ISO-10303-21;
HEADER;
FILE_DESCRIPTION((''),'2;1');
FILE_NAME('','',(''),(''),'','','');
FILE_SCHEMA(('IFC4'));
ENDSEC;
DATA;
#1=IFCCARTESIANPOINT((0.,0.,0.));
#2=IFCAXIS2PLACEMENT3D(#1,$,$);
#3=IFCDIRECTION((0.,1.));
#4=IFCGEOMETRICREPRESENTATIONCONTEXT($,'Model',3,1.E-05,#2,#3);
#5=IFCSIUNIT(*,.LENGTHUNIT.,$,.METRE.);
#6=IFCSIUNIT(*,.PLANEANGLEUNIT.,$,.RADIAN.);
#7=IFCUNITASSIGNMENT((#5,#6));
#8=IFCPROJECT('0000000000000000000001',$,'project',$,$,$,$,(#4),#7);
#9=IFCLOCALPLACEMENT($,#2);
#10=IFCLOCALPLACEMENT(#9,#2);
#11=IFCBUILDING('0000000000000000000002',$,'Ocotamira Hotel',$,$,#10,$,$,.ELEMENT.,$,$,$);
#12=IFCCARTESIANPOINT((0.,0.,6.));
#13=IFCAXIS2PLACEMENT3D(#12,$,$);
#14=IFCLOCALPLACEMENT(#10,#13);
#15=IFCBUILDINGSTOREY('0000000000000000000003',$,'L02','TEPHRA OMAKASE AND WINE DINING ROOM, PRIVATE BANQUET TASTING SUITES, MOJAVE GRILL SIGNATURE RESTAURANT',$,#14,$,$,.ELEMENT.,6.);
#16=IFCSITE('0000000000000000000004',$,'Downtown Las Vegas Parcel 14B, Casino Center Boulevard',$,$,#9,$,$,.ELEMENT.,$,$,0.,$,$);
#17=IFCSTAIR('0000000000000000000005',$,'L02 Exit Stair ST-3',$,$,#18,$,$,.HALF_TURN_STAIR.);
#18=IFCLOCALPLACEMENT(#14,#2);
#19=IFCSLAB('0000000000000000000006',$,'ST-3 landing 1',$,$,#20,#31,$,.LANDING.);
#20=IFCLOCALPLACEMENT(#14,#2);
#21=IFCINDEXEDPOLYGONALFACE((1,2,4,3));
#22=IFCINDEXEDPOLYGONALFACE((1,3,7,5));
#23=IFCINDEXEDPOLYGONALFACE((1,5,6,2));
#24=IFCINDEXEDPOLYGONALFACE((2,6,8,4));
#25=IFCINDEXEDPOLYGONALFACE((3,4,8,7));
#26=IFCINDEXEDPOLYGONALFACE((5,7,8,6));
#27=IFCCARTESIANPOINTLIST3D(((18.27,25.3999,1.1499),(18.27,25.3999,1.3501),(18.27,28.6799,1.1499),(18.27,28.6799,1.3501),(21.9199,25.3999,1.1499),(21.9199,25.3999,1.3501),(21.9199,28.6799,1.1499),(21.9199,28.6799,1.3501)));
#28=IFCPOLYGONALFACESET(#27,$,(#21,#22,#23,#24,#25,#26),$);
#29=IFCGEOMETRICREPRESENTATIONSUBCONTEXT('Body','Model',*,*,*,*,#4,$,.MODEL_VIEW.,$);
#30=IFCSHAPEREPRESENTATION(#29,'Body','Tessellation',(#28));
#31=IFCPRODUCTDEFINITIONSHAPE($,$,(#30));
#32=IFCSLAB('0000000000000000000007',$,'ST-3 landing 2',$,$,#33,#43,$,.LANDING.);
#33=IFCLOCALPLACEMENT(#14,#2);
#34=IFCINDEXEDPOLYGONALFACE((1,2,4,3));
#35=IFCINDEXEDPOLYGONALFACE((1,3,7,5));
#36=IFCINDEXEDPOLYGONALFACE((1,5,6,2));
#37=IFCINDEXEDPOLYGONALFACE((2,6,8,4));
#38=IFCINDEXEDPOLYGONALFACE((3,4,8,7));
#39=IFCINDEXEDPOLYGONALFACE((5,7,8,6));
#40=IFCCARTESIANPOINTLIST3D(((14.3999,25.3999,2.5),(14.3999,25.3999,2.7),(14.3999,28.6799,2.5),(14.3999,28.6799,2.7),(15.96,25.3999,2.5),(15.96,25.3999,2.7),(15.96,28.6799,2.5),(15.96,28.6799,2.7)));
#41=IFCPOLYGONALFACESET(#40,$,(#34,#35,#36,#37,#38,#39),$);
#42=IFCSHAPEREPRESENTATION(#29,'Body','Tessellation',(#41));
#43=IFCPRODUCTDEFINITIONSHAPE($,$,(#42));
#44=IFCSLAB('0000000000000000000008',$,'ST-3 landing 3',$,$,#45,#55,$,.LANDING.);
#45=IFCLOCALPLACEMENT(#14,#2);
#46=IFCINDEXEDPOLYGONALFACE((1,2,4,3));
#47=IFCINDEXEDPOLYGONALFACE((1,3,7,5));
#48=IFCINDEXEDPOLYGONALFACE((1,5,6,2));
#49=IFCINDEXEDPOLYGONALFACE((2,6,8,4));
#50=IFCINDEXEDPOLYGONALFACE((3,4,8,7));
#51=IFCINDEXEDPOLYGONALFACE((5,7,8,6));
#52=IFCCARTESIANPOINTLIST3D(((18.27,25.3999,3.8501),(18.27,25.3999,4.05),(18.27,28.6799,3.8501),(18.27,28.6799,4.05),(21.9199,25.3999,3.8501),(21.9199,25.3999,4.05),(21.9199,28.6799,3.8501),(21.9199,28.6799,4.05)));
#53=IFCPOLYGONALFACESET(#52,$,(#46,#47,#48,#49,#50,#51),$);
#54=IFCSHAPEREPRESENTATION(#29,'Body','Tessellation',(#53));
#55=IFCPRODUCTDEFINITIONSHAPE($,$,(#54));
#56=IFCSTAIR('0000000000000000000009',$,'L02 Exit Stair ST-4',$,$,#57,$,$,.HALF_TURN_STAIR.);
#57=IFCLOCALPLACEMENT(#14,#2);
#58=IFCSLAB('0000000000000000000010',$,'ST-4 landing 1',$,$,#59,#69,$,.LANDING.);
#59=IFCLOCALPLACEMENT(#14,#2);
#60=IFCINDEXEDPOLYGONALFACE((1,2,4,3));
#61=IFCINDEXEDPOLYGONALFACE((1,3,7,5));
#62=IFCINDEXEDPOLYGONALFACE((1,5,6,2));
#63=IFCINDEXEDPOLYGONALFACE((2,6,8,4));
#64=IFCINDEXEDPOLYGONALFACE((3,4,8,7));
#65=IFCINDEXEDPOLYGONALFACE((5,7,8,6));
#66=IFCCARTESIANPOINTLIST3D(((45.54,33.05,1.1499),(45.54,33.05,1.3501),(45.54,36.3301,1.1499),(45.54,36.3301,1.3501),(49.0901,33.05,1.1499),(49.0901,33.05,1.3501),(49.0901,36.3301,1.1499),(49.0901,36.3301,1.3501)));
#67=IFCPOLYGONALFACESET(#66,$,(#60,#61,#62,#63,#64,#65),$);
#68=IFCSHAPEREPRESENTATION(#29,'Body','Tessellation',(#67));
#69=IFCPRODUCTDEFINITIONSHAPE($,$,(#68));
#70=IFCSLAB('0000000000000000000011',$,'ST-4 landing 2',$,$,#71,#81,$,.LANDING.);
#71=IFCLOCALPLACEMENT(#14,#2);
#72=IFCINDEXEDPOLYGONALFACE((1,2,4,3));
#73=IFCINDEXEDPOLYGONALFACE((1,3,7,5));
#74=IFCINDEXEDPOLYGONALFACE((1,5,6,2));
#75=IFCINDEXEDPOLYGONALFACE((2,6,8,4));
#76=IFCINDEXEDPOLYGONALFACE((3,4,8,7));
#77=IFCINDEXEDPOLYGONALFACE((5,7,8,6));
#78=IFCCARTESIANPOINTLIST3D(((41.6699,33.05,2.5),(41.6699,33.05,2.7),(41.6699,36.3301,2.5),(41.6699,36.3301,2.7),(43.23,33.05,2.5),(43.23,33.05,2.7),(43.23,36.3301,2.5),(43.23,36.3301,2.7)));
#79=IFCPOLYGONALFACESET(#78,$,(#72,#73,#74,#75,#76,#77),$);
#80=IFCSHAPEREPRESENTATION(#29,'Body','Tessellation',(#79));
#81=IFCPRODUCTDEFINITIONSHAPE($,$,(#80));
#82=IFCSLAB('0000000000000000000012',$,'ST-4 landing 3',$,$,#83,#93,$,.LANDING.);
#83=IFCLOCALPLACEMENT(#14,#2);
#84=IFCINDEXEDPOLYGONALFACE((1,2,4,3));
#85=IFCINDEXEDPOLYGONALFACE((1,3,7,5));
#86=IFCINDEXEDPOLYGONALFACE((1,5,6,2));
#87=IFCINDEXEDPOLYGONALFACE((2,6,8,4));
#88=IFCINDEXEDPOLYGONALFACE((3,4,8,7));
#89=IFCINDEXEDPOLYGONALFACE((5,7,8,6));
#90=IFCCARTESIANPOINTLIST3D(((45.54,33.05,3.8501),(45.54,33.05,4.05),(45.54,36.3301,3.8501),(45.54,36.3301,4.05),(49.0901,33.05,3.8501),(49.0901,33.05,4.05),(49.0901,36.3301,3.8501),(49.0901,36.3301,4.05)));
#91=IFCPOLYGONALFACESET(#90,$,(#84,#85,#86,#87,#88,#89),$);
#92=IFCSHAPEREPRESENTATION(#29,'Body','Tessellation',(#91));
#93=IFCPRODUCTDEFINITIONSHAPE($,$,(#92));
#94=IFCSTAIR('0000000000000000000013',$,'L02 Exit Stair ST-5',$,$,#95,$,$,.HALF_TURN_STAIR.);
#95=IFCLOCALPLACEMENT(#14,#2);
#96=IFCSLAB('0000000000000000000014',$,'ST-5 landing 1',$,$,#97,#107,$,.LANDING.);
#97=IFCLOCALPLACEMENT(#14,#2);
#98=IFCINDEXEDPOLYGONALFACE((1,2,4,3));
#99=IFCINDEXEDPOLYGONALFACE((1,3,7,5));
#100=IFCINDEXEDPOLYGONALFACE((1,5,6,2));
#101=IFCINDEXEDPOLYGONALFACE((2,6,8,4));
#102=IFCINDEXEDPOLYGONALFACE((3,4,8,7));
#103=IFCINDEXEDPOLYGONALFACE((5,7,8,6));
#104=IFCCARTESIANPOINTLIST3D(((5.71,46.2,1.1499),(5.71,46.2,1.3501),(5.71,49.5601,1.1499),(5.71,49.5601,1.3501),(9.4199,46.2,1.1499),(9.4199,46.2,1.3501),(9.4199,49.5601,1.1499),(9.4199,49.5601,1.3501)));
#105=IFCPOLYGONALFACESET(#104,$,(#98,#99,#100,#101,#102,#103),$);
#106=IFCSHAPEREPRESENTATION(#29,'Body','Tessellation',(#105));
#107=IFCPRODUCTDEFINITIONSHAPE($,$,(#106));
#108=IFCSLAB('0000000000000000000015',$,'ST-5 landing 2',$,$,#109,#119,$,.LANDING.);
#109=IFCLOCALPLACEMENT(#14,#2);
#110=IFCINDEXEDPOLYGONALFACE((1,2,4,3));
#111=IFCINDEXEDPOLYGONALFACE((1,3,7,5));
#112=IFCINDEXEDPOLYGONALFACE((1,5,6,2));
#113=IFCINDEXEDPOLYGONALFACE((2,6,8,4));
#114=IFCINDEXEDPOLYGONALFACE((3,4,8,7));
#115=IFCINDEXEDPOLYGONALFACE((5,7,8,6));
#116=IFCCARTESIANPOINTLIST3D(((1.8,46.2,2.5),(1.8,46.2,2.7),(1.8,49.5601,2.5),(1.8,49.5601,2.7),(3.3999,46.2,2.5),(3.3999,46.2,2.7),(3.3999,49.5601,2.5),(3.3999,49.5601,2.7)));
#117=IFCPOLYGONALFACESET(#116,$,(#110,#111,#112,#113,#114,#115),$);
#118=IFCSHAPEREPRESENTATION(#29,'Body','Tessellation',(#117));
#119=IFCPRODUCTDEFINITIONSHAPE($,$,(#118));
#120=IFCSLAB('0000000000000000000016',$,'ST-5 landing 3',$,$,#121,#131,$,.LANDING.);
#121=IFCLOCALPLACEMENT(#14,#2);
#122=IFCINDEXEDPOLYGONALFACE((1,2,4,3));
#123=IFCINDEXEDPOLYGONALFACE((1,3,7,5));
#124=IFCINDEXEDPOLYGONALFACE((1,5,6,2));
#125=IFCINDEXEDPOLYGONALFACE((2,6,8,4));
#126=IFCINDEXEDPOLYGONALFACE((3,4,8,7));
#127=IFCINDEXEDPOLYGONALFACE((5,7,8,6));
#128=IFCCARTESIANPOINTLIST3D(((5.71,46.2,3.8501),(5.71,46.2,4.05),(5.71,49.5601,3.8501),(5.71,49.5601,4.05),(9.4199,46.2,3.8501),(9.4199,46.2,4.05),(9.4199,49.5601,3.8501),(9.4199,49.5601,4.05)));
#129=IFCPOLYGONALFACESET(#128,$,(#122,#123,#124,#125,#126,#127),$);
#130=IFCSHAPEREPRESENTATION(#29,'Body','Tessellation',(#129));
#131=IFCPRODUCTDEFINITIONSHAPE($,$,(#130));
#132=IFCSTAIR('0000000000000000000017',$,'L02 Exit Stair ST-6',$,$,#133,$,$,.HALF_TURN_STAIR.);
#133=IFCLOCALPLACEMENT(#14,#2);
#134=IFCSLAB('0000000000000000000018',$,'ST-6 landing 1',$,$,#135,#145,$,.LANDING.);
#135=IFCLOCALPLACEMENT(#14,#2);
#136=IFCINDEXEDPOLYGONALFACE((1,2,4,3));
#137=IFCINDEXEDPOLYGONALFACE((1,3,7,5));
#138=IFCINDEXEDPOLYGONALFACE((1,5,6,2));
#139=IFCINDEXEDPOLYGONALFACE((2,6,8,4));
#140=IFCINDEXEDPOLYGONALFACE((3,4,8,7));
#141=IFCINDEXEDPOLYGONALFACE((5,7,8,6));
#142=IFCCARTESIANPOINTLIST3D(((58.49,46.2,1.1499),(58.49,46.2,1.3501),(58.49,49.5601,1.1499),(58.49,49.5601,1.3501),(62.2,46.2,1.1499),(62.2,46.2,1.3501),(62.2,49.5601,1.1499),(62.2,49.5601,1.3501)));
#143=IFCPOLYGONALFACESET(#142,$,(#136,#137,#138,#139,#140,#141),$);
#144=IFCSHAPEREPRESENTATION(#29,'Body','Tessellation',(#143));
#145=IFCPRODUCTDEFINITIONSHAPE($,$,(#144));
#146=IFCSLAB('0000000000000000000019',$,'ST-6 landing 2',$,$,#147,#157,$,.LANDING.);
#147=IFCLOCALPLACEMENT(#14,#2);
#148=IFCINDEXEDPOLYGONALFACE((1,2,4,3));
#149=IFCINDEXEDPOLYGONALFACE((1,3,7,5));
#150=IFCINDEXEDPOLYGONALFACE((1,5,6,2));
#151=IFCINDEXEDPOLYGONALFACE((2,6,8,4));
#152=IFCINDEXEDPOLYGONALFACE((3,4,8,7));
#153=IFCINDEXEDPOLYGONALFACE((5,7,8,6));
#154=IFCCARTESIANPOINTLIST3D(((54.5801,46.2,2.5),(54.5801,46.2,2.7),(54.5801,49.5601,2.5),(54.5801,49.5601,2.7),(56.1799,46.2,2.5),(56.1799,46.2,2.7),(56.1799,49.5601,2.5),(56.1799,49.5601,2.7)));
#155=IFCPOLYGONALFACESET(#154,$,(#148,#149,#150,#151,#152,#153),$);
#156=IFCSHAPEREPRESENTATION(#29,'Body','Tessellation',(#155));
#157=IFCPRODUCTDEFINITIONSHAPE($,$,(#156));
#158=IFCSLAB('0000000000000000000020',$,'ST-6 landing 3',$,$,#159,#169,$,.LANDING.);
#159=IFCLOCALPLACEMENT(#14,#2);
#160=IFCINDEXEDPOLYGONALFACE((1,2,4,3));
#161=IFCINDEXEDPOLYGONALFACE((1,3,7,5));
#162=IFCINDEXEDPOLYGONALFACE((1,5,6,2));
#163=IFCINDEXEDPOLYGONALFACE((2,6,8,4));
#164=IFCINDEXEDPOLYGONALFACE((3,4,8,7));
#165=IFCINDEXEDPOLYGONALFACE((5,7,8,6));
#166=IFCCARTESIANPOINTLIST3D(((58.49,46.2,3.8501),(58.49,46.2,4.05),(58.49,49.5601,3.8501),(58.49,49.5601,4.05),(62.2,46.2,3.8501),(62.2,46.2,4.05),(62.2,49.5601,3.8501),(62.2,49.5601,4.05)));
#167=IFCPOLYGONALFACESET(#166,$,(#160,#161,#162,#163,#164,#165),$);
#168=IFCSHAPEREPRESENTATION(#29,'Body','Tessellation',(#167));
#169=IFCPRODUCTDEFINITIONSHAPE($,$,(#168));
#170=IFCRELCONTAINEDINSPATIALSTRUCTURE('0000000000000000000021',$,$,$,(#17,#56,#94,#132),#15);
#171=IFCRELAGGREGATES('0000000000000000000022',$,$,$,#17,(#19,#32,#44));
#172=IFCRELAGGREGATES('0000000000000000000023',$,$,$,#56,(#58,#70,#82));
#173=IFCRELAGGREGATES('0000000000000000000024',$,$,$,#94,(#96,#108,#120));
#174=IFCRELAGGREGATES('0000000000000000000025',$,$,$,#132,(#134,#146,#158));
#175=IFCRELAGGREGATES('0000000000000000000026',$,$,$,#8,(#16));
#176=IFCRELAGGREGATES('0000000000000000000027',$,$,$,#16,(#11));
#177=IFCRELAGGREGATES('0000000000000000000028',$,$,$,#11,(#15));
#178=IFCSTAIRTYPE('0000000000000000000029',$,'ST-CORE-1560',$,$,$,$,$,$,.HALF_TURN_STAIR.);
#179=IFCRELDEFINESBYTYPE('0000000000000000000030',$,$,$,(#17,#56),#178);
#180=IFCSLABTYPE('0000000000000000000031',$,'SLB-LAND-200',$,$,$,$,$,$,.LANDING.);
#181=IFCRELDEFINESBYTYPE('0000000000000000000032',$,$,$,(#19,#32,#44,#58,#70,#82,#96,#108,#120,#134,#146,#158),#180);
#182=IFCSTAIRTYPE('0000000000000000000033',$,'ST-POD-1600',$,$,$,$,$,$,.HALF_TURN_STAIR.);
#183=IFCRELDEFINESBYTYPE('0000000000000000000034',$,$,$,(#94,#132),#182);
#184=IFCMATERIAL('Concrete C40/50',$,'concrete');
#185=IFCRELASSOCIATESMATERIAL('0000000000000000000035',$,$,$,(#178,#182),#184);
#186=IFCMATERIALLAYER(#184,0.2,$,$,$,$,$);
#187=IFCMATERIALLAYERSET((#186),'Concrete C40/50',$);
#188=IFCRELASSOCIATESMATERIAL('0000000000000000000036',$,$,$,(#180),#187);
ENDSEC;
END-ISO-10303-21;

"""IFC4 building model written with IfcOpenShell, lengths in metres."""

from ifc_helpers import new_model, si_unit, direction, frame, origin, place, context, subcontext, project, spatial, polyline, outline, extrude, material, layer, layer_set, type_object, element, aggregate, save


model = new_model("IFC4")

# Units and contexts
model_context = context("Model", 3, precision=1e-05, world=origin(), true_north=direction((0.0, 1.0)))
body_context = subcontext(model_context, "Body", "Model", "MODEL_VIEW")
ifc_project = project(units=[si_unit("LENGTHUNIT", "METRE"), si_unit("PLANEANGLEUNIT", "RADIAN")], contexts=[model_context])

# Site, building, storey
site_placement = place(None, origin())
site = spatial("IfcSite", under=ifc_project, at=site_placement, Name="Downtown Las Vegas Parcel 14B, Casino Center Boulevard", CompositionType="ELEMENT", RefElevation=0.0)
building_placement = place(site_placement, origin())
building = spatial("IfcBuilding", under=site, at=building_placement, Name="Ocotamira Hotel", CompositionType="ELEMENT")
storey_placement = place(building_placement, frame((0.0, 0.0, 6.0)))
storey = spatial("IfcBuildingStorey", under=building, at=storey_placement, Name="L02", Description="TEPHRA OMAKASE AND WINE DINING ROOM, PRIVATE BANQUET TASTING SUITES, MOJAVE GRILL SIGNATURE RESTAURANT", CompositionType="ELEMENT", Elevation=6.0)

# Stairs, slabs
ifc_material_1 = material(Name="Concrete C40/50", Category="concrete")
stair_type_1 = type_object("IfcStairType", Name="ST-CORE-1560", PredefinedType="HALF_TURN_STAIR", material=ifc_material_1)
ifc_layer_1 = layer(ifc_material_1, 0.2)
ifc_layer_set_1 = layer_set([ifc_layer_1], Name="Concrete C40/50")
slab_type_1 = type_object("IfcSlabType", Name="SLB-LAND-200", PredefinedType="LANDING", material=ifc_layer_set_1)
stair_1_placement = place(storey_placement, origin())
stair_1 = element("IfcStair", 1, at=stair_1_placement, inside=storey, type_object=stair_type_1, Name="L02 Exit Stair ST-3", PredefinedType="HALF_TURN_STAIR")
slab_1_placement = place(storey_placement, frame((0.0, 0.0, 1.1499)))
slab_1 = element("IfcSlab", 2, at=slab_1_placement, type_object=slab_type_1, Name="ST-3 landing 1", PredefinedType="LANDING", context=body_context, shape_type="SweptSolid", body=[
    extrude(outline(polyline([(18.27, 25.3999), (21.9199, 25.3999), (21.9199, 28.6799), (18.27, 28.6799), (18.27, 25.3999)])), origin(), (0.0, 0.0, 1.0), 0.2002),
])
slab_2_placement = place(storey_placement, frame((0.0, 0.0, 2.5)))
slab_2 = element("IfcSlab", 3, at=slab_2_placement, type_object=slab_type_1, Name="ST-3 landing 2", PredefinedType="LANDING", context=body_context, shape_type="SweptSolid", body=[
    extrude(outline(polyline([(14.3999, 25.3999), (15.96, 25.3999), (15.96, 28.6799), (14.3999, 28.6799), (14.3999, 25.3999)])), origin(), (0.0, 0.0, 1.0), 0.2),
])
slab_3_placement = place(storey_placement, frame((0.0, 0.0, 3.8501)))
slab_3 = element("IfcSlab", 4, at=slab_3_placement, type_object=slab_type_1, Name="ST-3 landing 3", PredefinedType="LANDING", context=body_context, shape_type="SweptSolid", body=[
    extrude(outline(polyline([(18.27, 25.3999), (21.9199, 25.3999), (21.9199, 28.6799), (18.27, 28.6799), (18.27, 25.3999)])), origin(), (0.0, 0.0, 1.0), 0.2),
])
aggregate(stair_1, [slab_1, slab_2, slab_3])
stair_2_placement = place(storey_placement, origin())
stair_2 = element("IfcStair", 5, at=stair_2_placement, inside=storey, type_object=stair_type_1, Name="L02 Exit Stair ST-4", PredefinedType="HALF_TURN_STAIR")
slab_4_placement = place(storey_placement, frame((0.0, 0.0, 1.1499)))
slab_4 = element("IfcSlab", 6, at=slab_4_placement, type_object=slab_type_1, Name="ST-4 landing 1", PredefinedType="LANDING", context=body_context, shape_type="SweptSolid", body=[
    extrude(outline(polyline([(45.54, 33.05), (49.0901, 33.05), (49.0901, 36.3301), (45.54, 36.3301), (45.54, 33.05)])), origin(), (0.0, 0.0, 1.0), 0.2002),
])
slab_5_placement = place(storey_placement, frame((0.0, 0.0, 2.5)))
slab_5 = element("IfcSlab", 7, at=slab_5_placement, type_object=slab_type_1, Name="ST-4 landing 2", PredefinedType="LANDING", context=body_context, shape_type="SweptSolid", body=[
    extrude(outline(polyline([(41.6699, 33.05), (43.23, 33.05), (43.23, 36.3301), (41.6699, 36.3301), (41.6699, 33.05)])), origin(), (0.0, 0.0, 1.0), 0.2),
])
slab_6_placement = place(storey_placement, frame((0.0, 0.0, 3.8501)))
slab_6 = element("IfcSlab", 8, at=slab_6_placement, type_object=slab_type_1, Name="ST-4 landing 3", PredefinedType="LANDING", context=body_context, shape_type="SweptSolid", body=[
    extrude(outline(polyline([(45.54, 33.05), (49.0901, 33.05), (49.0901, 36.3301), (45.54, 36.3301), (45.54, 33.05)])), origin(), (0.0, 0.0, 1.0), 0.2),
])
aggregate(stair_2, [slab_4, slab_5, slab_6])
stair_type_2 = type_object("IfcStairType", Name="ST-POD-1600", PredefinedType="HALF_TURN_STAIR", material=ifc_material_1)
stair_3_placement = place(storey_placement, origin())
stair_3 = element("IfcStair", 9, at=stair_3_placement, inside=storey, type_object=stair_type_2, Name="L02 Exit Stair ST-5", PredefinedType="HALF_TURN_STAIR")
slab_7_placement = place(storey_placement, frame((0.0, 0.0, 1.1499)))
slab_7 = element("IfcSlab", 10, at=slab_7_placement, type_object=slab_type_1, Name="ST-5 landing 1", PredefinedType="LANDING", context=body_context, shape_type="SweptSolid", body=[
    extrude(outline(polyline([(5.71, 46.2), (9.4199, 46.2), (9.4199, 49.5601), (5.71, 49.5601), (5.71, 46.2)])), origin(), (0.0, 0.0, 1.0), 0.2002),
])
slab_8_placement = place(storey_placement, frame((0.0, 0.0, 2.5)))
slab_8 = element("IfcSlab", 11, at=slab_8_placement, type_object=slab_type_1, Name="ST-5 landing 2", PredefinedType="LANDING", context=body_context, shape_type="SweptSolid", body=[
    extrude(outline(polyline([(1.8, 46.2), (3.3999, 46.2), (3.3999, 49.5601), (1.8, 49.5601), (1.8, 46.2)])), origin(), (0.0, 0.0, 1.0), 0.2),
])
slab_9_placement = place(storey_placement, frame((0.0, 0.0, 3.8501)))
slab_9 = element("IfcSlab", 12, at=slab_9_placement, type_object=slab_type_1, Name="ST-5 landing 3", PredefinedType="LANDING", context=body_context, shape_type="SweptSolid", body=[
    extrude(outline(polyline([(5.71, 46.2), (9.4199, 46.2), (9.4199, 49.5601), (5.71, 49.5601), (5.71, 46.2)])), origin(), (0.0, 0.0, 1.0), 0.2),
])
aggregate(stair_3, [slab_7, slab_8, slab_9])
stair_4_placement = place(storey_placement, origin())
stair_4 = element("IfcStair", 13, at=stair_4_placement, inside=storey, type_object=stair_type_2, Name="L02 Exit Stair ST-6", PredefinedType="HALF_TURN_STAIR")
slab_10_placement = place(storey_placement, frame((0.0, 0.0, 1.1499)))
slab_10 = element("IfcSlab", 14, at=slab_10_placement, type_object=slab_type_1, Name="ST-6 landing 1", PredefinedType="LANDING", context=body_context, shape_type="SweptSolid", body=[
    extrude(outline(polyline([(58.49, 46.2), (62.2, 46.2), (62.2, 49.5601), (58.49, 49.5601), (58.49, 46.2)])), origin(), (0.0, 0.0, 1.0), 0.2002),
])
slab_11_placement = place(storey_placement, frame((0.0, 0.0, 2.5)))
slab_11 = element("IfcSlab", 15, at=slab_11_placement, type_object=slab_type_1, Name="ST-6 landing 2", PredefinedType="LANDING", context=body_context, shape_type="SweptSolid", body=[
    extrude(outline(polyline([(54.5801, 46.2), (56.1799, 46.2), (56.1799, 49.5601), (54.5801, 49.5601), (54.5801, 46.2)])), origin(), (0.0, 0.0, 1.0), 0.2),
])
slab_12_placement = place(storey_placement, frame((0.0, 0.0, 3.8501)))
slab_12 = element("IfcSlab", 16, at=slab_12_placement, type_object=slab_type_1, Name="ST-6 landing 3", PredefinedType="LANDING", context=body_context, shape_type="SweptSolid", body=[
    extrude(outline(polyline([(58.49, 46.2), (62.2, 46.2), (62.2, 49.5601), (58.49, 49.5601), (58.49, 46.2)])), origin(), (0.0, 0.0, 1.0), 0.2),
])
aggregate(stair_4, [slab_10, slab_11, slab_12])

save(model, "model.ifc")
